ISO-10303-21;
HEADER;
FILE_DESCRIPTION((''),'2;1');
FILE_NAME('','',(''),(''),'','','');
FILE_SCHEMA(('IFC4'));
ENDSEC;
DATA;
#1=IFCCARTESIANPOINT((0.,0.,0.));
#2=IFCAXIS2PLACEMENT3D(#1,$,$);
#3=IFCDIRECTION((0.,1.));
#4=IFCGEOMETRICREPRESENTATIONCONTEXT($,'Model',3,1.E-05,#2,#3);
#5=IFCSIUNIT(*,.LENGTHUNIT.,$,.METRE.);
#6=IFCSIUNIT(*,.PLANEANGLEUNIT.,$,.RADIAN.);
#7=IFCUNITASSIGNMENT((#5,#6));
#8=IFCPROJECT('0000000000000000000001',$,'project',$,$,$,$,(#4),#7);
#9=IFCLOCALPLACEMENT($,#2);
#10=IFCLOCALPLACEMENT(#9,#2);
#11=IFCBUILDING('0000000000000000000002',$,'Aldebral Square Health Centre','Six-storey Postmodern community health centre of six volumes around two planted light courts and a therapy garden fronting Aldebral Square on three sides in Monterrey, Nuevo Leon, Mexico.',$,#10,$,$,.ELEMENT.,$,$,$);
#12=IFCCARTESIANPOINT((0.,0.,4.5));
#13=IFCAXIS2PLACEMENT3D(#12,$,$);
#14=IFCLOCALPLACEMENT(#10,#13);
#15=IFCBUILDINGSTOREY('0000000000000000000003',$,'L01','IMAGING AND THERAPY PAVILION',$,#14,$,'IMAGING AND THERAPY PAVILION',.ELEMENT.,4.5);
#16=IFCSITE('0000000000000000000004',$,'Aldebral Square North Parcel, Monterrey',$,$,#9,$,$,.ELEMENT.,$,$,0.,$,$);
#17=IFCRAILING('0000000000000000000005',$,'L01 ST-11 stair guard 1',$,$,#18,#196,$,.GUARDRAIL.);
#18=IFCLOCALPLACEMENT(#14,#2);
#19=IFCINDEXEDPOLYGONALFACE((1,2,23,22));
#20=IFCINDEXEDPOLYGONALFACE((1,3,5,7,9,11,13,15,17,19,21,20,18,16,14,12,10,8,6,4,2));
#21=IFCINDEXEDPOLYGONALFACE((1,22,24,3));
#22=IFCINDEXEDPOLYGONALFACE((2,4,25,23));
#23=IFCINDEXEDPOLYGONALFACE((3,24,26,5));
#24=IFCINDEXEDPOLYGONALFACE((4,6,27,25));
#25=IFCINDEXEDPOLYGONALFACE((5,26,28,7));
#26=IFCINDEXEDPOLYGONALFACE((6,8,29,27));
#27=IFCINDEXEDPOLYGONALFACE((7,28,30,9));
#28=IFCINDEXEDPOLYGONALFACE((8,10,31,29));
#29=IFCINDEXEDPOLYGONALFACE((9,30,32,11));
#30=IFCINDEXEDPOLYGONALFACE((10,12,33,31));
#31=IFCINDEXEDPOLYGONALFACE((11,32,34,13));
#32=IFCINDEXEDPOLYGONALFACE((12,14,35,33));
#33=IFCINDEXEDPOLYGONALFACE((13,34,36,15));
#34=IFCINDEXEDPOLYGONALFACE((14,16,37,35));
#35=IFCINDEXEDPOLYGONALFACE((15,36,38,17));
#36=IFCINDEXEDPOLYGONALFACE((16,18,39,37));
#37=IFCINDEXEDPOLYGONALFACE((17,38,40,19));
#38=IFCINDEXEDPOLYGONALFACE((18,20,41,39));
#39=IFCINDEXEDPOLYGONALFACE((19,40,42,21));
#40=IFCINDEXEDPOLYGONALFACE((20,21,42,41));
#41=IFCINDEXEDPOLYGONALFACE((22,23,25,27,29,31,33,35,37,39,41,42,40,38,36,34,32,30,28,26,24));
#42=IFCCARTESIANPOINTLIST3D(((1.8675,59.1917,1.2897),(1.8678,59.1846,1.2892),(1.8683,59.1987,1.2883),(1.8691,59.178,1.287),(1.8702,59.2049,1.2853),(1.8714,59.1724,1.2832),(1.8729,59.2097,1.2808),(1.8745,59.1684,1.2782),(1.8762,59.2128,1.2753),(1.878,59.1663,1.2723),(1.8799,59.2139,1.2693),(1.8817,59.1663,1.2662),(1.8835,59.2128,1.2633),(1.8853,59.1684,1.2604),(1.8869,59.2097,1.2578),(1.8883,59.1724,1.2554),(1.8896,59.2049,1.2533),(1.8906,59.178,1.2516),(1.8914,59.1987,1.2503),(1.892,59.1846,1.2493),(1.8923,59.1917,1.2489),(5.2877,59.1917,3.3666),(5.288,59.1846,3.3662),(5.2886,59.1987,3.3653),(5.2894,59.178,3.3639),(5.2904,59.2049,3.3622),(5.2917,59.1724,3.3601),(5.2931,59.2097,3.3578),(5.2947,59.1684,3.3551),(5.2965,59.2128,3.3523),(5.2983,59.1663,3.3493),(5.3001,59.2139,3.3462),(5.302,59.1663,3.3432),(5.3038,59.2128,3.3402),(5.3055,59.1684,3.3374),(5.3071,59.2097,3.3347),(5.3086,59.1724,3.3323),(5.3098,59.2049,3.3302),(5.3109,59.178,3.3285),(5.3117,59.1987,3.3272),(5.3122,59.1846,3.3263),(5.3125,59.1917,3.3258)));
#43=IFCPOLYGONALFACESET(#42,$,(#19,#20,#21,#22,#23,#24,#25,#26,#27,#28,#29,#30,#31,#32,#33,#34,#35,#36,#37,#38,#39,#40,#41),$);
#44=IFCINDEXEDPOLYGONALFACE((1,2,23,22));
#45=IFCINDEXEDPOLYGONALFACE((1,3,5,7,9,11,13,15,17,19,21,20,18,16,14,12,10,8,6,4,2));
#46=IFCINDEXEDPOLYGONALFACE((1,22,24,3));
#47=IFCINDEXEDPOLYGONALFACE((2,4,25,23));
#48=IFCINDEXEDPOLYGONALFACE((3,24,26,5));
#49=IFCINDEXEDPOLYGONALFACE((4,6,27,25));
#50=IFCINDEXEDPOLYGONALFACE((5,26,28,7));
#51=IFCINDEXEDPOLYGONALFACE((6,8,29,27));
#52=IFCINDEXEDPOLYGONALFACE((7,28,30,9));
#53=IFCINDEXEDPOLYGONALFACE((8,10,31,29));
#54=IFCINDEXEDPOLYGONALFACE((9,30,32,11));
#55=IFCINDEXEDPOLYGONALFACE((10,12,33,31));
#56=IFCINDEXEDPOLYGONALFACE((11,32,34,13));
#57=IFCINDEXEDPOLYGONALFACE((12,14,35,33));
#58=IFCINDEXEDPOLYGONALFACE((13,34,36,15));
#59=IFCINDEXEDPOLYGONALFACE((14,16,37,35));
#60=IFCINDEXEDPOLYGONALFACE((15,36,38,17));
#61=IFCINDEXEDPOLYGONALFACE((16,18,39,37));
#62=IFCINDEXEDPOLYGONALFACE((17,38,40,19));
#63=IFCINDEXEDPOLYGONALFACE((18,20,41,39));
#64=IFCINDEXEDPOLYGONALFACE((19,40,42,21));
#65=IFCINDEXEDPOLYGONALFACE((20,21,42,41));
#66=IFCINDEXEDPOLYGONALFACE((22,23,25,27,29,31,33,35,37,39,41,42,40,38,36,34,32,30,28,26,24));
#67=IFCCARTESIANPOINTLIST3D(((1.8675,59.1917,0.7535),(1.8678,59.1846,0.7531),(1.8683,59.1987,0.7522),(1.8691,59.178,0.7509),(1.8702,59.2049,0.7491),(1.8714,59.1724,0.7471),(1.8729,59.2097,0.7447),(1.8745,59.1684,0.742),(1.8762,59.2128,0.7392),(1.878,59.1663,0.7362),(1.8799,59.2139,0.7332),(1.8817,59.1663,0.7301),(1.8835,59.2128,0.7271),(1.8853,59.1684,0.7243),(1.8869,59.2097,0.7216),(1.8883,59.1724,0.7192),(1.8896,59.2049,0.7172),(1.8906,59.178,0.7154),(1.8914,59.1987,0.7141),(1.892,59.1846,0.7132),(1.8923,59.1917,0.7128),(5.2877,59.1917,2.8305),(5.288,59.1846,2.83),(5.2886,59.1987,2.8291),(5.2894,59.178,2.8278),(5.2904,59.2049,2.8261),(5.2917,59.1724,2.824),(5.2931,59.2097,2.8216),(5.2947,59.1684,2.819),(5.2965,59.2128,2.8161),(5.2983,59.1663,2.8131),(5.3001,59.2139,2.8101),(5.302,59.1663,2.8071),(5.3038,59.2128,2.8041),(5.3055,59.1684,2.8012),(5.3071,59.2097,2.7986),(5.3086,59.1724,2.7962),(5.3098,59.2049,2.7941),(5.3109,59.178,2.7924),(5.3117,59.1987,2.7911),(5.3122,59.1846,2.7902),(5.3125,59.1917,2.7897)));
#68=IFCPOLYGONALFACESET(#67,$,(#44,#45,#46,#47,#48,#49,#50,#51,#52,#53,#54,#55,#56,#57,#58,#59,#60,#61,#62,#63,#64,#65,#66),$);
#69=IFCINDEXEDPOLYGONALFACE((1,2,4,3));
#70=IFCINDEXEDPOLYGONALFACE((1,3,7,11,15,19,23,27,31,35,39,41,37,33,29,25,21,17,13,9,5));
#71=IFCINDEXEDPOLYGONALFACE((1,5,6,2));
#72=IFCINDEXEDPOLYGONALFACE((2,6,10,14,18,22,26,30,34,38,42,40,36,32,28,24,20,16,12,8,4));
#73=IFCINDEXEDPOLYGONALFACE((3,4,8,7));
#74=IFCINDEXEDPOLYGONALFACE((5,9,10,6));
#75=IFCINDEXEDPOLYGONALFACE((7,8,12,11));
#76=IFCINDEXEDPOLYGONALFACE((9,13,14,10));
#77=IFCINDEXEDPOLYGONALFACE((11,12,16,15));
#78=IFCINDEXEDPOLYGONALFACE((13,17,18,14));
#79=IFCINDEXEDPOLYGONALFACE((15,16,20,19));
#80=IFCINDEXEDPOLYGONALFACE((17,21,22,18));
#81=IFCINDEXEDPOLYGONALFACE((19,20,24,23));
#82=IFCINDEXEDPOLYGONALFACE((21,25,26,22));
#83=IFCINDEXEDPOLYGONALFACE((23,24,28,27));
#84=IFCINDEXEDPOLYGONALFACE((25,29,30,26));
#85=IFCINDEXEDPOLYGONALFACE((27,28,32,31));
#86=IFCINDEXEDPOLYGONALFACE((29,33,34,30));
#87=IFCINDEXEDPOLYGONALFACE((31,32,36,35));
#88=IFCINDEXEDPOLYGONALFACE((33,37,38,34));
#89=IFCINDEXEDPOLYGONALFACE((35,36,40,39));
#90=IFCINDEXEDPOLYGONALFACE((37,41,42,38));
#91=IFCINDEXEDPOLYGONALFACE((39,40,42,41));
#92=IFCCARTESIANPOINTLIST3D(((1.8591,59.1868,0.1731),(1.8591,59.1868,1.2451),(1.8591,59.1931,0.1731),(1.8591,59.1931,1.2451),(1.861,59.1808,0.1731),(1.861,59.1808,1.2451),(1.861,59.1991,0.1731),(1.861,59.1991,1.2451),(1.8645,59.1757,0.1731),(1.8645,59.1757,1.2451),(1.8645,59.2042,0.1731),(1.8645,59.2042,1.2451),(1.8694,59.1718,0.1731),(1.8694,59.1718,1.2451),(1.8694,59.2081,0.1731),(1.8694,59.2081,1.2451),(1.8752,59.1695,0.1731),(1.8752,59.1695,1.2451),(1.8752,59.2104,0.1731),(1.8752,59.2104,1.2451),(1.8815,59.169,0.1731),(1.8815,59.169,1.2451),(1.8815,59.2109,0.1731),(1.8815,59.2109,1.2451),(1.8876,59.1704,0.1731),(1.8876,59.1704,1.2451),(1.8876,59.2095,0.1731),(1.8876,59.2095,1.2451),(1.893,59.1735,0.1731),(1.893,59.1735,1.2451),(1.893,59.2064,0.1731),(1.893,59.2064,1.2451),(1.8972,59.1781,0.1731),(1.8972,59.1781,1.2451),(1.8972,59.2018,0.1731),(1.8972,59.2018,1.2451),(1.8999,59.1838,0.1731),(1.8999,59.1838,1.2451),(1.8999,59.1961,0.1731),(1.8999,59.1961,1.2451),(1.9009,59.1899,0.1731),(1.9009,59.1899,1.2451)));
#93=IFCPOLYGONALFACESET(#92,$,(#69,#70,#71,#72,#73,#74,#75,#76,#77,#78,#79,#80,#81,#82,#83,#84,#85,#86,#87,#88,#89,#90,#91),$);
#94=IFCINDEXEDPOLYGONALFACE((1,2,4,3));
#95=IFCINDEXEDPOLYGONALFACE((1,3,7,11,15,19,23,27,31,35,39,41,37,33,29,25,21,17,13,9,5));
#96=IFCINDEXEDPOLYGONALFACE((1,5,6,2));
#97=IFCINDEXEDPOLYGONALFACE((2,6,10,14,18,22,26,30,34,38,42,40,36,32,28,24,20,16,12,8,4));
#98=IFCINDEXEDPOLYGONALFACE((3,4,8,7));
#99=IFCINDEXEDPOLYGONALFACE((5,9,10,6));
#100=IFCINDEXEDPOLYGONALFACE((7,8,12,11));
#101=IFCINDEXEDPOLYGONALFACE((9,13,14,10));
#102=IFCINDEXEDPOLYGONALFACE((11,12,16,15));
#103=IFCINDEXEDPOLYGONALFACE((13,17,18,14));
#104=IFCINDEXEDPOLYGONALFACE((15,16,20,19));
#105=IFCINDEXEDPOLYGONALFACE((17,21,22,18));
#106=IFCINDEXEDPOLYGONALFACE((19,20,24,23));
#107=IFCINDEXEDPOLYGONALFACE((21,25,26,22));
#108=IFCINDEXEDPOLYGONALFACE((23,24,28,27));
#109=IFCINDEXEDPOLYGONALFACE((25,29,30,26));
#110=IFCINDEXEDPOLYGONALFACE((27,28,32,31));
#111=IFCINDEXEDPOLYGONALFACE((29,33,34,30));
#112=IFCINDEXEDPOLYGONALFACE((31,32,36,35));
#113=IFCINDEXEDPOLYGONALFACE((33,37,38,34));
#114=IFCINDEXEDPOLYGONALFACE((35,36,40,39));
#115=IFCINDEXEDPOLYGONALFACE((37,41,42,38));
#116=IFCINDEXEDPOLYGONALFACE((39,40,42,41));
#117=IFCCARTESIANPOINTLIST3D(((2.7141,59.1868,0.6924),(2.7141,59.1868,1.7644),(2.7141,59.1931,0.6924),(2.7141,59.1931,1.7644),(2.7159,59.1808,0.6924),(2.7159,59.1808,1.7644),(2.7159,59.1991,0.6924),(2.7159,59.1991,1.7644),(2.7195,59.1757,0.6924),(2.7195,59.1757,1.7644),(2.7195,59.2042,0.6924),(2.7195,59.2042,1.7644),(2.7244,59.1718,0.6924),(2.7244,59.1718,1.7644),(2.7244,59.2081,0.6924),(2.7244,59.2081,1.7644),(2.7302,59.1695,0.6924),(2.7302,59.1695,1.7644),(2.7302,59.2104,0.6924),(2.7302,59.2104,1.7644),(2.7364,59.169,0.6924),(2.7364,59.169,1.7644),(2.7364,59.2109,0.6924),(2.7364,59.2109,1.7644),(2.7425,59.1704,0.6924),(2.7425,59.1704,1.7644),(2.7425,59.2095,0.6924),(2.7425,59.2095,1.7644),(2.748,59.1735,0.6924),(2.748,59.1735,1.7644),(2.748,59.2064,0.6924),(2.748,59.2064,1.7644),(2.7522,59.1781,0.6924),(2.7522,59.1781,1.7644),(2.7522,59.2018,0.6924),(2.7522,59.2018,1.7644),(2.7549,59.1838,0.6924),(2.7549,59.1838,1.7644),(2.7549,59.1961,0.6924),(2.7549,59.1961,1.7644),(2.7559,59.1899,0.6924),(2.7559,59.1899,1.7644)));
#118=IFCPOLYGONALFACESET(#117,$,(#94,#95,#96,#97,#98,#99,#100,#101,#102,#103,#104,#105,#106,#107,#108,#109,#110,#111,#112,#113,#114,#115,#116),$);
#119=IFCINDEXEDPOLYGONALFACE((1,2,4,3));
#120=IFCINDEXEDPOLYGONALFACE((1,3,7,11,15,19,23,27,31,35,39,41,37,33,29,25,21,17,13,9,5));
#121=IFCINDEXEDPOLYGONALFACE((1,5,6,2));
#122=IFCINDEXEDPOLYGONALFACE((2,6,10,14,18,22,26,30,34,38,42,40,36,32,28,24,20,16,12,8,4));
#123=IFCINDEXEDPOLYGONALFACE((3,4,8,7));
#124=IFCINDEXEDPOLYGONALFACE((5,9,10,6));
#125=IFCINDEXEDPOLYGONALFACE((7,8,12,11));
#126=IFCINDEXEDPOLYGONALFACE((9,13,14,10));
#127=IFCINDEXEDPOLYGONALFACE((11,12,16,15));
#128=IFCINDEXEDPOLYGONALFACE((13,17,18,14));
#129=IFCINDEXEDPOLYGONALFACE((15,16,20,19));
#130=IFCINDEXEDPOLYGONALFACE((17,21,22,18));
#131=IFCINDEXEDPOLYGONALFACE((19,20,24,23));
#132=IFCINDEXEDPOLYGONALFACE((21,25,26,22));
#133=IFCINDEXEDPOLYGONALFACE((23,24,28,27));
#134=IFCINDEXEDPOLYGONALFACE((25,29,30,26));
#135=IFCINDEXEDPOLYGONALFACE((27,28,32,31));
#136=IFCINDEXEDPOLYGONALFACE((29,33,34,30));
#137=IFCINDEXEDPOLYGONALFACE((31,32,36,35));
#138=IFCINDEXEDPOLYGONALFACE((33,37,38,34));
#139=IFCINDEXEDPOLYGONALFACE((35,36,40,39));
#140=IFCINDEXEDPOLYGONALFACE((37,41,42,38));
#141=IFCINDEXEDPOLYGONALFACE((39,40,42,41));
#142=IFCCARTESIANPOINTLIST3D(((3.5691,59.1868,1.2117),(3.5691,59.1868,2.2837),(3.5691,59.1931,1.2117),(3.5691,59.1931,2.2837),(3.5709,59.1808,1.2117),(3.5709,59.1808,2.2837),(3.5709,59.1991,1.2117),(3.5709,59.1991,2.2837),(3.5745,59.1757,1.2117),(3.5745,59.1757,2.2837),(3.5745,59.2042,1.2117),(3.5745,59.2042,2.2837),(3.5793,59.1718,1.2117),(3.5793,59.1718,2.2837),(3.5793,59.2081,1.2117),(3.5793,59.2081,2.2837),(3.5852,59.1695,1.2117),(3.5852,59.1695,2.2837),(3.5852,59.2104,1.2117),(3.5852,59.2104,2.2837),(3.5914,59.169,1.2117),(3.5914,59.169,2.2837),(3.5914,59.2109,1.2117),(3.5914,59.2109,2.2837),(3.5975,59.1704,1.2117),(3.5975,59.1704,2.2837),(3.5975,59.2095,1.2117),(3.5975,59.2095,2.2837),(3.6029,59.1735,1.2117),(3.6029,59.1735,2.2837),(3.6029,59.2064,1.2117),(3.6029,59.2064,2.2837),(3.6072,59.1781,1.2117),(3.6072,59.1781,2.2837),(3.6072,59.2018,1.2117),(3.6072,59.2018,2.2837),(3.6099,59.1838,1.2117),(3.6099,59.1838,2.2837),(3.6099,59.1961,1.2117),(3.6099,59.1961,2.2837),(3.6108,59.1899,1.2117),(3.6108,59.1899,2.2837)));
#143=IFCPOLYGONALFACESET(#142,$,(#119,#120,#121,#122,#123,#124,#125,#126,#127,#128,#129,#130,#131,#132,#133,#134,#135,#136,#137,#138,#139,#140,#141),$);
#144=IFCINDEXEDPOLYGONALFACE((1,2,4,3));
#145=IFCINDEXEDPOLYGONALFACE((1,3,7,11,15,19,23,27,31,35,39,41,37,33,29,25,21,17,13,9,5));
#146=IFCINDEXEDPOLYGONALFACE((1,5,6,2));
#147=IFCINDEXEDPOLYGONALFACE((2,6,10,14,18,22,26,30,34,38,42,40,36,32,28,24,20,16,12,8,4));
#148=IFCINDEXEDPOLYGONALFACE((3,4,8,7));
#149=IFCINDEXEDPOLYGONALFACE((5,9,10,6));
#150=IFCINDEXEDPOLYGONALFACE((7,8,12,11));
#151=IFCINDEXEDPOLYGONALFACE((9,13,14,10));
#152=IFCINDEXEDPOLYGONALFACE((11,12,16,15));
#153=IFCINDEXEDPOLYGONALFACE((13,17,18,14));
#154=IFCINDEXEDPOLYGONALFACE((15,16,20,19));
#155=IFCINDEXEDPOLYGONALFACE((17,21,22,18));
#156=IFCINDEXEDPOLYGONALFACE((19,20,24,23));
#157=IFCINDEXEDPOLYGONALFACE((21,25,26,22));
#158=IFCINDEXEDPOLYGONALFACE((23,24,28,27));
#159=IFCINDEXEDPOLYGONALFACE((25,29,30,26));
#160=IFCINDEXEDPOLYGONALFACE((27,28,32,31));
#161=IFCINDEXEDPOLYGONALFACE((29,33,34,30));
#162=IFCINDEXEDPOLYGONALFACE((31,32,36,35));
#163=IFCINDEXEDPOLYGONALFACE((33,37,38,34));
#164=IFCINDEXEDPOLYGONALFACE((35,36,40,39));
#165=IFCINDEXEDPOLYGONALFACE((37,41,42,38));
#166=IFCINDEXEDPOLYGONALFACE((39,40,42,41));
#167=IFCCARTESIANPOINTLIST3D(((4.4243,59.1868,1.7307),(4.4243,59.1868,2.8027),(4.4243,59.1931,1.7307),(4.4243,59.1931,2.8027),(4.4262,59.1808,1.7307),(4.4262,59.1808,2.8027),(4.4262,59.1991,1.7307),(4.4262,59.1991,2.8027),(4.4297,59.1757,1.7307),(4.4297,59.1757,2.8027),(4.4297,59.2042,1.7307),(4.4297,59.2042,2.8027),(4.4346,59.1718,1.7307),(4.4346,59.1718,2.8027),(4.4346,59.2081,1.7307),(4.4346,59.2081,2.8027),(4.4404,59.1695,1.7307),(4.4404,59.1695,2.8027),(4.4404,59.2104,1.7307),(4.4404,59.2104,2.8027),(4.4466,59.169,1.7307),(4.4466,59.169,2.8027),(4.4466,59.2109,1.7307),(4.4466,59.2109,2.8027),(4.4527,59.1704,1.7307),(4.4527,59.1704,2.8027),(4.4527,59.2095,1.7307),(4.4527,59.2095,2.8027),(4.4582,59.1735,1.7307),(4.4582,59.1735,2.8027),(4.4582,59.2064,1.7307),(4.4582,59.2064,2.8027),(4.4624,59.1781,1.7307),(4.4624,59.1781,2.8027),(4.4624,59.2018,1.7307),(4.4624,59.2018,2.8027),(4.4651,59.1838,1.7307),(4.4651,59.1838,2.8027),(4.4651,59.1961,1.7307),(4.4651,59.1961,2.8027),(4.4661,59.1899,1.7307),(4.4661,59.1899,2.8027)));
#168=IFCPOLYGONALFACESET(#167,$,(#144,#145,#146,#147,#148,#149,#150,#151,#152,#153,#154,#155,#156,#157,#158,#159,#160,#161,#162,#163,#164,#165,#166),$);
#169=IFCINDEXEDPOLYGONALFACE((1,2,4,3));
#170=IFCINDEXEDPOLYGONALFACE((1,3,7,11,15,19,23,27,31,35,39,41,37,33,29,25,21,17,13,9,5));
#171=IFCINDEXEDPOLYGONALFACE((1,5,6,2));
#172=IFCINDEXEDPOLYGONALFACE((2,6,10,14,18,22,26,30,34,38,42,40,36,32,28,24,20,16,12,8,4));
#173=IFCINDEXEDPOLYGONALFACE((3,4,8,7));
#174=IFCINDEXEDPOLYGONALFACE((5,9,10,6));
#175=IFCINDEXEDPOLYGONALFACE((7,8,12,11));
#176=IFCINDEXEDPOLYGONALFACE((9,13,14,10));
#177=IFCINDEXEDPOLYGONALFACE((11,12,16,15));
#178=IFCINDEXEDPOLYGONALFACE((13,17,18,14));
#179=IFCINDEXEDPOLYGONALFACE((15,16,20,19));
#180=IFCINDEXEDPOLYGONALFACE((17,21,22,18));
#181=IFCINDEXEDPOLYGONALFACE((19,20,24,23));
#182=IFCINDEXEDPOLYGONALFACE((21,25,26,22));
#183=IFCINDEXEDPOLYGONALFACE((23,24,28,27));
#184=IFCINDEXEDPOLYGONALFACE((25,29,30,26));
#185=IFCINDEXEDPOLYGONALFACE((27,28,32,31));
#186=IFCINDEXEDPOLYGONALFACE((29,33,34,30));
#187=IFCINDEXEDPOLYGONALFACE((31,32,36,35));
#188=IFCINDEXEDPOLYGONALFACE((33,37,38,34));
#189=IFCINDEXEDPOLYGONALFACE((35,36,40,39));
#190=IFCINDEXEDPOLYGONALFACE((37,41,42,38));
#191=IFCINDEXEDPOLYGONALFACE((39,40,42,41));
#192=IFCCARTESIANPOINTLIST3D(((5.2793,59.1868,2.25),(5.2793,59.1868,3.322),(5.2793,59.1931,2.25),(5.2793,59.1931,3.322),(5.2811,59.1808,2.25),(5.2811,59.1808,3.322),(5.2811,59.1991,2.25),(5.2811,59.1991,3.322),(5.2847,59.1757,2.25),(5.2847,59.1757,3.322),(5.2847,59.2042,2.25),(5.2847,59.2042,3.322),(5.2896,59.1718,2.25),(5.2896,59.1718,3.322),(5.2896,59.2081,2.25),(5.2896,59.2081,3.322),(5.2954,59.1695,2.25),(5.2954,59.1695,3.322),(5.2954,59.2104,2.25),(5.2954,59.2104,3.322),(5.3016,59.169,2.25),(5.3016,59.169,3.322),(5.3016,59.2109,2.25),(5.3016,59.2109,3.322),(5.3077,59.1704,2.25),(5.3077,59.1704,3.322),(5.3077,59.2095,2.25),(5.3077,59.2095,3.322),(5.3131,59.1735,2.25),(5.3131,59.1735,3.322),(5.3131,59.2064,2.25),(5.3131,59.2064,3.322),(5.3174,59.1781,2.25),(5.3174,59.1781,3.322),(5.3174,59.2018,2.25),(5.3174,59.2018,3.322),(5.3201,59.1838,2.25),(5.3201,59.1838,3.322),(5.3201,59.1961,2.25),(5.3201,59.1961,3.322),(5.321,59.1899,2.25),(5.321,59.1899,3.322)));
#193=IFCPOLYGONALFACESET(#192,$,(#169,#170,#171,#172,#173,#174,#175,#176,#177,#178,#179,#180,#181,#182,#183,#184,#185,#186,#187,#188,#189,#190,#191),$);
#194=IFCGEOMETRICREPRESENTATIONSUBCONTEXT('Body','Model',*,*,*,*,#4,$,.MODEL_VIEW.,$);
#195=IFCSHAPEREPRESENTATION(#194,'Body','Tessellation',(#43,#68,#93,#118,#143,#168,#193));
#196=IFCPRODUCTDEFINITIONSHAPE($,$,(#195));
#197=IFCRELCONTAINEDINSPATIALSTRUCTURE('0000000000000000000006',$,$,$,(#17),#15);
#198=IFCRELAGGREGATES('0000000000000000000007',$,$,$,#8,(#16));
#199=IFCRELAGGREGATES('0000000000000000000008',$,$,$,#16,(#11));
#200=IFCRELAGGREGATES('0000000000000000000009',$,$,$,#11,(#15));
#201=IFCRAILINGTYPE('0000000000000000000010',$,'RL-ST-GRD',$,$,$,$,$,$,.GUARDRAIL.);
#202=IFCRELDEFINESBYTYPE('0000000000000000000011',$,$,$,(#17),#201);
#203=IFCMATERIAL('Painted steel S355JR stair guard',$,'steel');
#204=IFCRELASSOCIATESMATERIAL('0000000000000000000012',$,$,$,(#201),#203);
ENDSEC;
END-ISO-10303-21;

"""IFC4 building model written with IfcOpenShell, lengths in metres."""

from ifc_helpers import new_model, si_unit, direction, frame, origin, origin_2d, place, context, subcontext, project, spatial, circle, extrude, material, type_object, element, save


model = new_model("IFC4")

# Units and contexts
model_context = context("Model", 3, precision=1e-05, world=origin(), true_north=direction((0.0, 1.0)))
body_context = subcontext(model_context, "Body", "Model", "MODEL_VIEW")
ifc_project = project(units=[si_unit("LENGTHUNIT", "METRE"), si_unit("PLANEANGLEUNIT", "RADIAN")], contexts=[model_context])

# Site, building, storey
site_placement = place(None, origin())
site = spatial("IfcSite", under=ifc_project, at=site_placement, Name="Aldebral Square North Parcel, Monterrey", CompositionType="ELEMENT", RefElevation=0.0)
building_placement = place(site_placement, origin())
building = spatial("IfcBuilding", under=site, at=building_placement, Name="Aldebral Square Health Centre", Description="Six-storey Postmodern community health centre of six volumes around two planted light courts and a therapy garden fronting Aldebral Square on three sides in Monterrey, Nuevo Leon, Mexico.", CompositionType="ELEMENT")
storey_placement = place(building_placement, frame((0.0, 0.0, 4.5)))
storey = spatial("IfcBuildingStorey", under=building, at=storey_placement, Name="L01", Description="IMAGING AND THERAPY PAVILION", LongName="IMAGING AND THERAPY PAVILION", CompositionType="ELEMENT", Elevation=4.5)

# Railing
ifc_material_1 = material(Name="Painted steel S355JR stair guard", Category="steel")
railing_type_1 = type_object("IfcRailingType", Name="RL-ST-GRD", PredefinedType="GUARDRAIL", material=ifc_material_1)
railing_1_placement = place(storey_placement, frame((1.8799, 59.1899, 0.1731)))
element("IfcRailing", 1, at=railing_1_placement, inside=storey, type_object=railing_type_1, Name="L01 ST-11 stair guard 1", PredefinedType="GUARDRAIL", context=body_context, shape_type="SweptSolid", body=[
    extrude(circle(Radius=0.0239, at=origin_2d()), frame((0.0, 0.0, 1.0962), z_axis=(0.854746, 0.0, 0.519047), x_axis=(0.0, 1.0, 0.0)), (0.0, 0.0, 1.0), 4.0015),
    extrude(circle(Radius=0.0239, at=origin_2d()), frame((0.0, 0.0, 0.5601), z_axis=(0.854746, 0.0, 0.519047), x_axis=(0.0, 1.0, 0.0)), (0.0, 0.0, 1.0), 4.0015),
    extrude(circle(Radius=0.021, at=origin_2d()), origin(), (0.0, 0.0, 1.0), 1.072),
    extrude(circle(Radius=0.021, at=origin_2d()), frame((0.855, 0.0, 0.5193)), (0.0, 0.0, 1.0), 1.072),
    extrude(circle(Radius=0.021, at=origin_2d()), frame((1.71, 0.0, 1.0386)), (0.0, 0.0, 1.0), 1.072),
    extrude(circle(Radius=0.021, at=origin_2d()), frame((2.5652, 0.0, 1.5576)), (0.0, 0.0, 1.0), 1.072),
    extrude(circle(Radius=0.021, at=origin_2d()), frame((3.4202, 0.0, 2.0769)), (0.0, 0.0, 1.0), 1.072),
])

save(model, "model.ifc")
